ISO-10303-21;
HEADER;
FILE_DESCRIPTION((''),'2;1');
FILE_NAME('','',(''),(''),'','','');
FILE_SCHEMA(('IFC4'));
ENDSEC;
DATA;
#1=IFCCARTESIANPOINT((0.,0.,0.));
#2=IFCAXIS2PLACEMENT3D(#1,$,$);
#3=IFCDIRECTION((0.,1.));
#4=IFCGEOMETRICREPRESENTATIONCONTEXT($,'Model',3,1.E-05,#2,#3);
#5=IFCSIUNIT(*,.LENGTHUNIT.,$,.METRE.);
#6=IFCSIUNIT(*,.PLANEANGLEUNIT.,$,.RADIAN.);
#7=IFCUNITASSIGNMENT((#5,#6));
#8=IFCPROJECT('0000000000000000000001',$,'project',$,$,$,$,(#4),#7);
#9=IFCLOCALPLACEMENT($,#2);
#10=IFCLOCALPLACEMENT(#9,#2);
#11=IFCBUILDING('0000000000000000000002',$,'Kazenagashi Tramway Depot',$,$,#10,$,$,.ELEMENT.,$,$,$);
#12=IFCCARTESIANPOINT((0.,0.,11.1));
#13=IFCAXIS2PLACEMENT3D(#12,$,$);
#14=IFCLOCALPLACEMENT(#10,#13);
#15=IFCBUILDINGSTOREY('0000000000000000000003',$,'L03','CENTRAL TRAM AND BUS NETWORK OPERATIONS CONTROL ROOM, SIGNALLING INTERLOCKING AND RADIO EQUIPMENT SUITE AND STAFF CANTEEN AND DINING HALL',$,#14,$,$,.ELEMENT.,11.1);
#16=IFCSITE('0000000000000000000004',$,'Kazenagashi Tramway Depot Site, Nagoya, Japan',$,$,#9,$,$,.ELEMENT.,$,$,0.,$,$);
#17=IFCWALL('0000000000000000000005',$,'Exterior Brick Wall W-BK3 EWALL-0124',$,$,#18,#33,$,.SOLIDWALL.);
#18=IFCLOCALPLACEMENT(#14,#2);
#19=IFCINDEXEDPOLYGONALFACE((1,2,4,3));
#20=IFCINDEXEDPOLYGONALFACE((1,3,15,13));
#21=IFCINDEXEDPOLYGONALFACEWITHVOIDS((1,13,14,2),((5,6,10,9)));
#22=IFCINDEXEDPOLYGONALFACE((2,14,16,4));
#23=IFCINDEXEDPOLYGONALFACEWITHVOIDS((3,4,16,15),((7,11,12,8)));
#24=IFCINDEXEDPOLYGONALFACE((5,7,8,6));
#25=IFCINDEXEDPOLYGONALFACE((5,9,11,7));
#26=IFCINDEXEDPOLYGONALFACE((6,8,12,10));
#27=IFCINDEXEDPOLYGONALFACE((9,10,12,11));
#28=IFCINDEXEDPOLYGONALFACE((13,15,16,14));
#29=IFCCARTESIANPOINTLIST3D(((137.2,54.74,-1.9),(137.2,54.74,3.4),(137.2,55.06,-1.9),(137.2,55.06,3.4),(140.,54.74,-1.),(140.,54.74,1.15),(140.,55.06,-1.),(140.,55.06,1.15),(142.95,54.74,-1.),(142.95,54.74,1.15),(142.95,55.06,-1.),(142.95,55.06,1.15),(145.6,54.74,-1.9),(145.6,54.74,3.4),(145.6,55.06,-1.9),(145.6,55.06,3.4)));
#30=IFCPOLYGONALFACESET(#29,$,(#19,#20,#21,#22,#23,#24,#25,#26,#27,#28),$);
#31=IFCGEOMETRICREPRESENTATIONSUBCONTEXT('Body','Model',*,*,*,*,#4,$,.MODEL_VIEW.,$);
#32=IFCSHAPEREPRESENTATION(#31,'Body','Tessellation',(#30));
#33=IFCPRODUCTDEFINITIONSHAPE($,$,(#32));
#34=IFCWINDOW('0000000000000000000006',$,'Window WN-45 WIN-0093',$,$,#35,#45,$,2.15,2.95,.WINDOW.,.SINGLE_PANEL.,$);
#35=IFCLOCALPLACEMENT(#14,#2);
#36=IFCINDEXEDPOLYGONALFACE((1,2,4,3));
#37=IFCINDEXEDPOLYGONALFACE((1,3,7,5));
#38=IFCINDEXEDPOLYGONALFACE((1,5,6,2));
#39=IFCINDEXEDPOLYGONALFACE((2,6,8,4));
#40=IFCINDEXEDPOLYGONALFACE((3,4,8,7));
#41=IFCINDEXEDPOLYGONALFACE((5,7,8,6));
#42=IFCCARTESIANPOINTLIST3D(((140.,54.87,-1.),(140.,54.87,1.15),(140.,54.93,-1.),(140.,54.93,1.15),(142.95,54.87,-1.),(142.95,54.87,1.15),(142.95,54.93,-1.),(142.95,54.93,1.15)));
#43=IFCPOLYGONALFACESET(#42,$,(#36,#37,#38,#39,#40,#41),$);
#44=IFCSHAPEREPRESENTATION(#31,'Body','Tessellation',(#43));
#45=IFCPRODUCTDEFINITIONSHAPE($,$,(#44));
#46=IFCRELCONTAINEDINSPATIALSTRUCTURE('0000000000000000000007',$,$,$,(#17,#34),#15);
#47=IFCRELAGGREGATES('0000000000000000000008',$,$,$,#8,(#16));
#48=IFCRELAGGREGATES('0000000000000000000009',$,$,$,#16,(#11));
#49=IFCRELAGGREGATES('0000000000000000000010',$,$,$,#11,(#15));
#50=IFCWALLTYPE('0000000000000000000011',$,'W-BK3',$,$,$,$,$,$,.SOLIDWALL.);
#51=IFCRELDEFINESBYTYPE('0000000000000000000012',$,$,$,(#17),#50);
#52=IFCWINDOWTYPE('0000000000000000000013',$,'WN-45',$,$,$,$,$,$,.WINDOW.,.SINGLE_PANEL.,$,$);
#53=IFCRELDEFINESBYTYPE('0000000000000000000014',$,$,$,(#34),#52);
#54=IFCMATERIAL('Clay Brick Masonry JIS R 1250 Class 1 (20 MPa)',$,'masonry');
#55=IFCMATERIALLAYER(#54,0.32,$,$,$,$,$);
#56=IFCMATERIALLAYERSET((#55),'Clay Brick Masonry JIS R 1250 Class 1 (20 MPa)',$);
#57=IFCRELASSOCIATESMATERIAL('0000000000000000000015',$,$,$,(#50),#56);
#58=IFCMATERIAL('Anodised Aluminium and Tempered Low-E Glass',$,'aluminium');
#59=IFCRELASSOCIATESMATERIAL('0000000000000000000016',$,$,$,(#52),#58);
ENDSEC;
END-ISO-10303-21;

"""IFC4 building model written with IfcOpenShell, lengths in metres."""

from ifc_helpers import new_model, si_unit, direction, frame, frame_2d, origin, place, context, subcontext, project, spatial, rectangle, extrude, material, layer, layer_set, type_object, element, fill, save


model = new_model("IFC4")

# Units and contexts
model_context = context("Model", 3, precision=1e-05, world=origin(), true_north=direction((0.0, 1.0)))
body_context = subcontext(model_context, "Body", "Model", "MODEL_VIEW")
ifc_project = project(units=[si_unit("LENGTHUNIT", "METRE"), si_unit("PLANEANGLEUNIT", "RADIAN")], contexts=[model_context])

# Site, building, storey
site_placement = place(None, origin())
site = spatial("IfcSite", under=ifc_project, at=site_placement, Name="Kazenagashi Tramway Depot Site, Nagoya, Japan", CompositionType="ELEMENT", RefElevation=0.0)
building_placement = place(site_placement, origin())
building = spatial("IfcBuilding", under=site, at=building_placement, Name="Kazenagashi Tramway Depot", CompositionType="ELEMENT")
storey_placement = place(building_placement, frame((0.0, 0.0, 11.1)))
storey = spatial("IfcBuildingStorey", under=building, at=storey_placement, Name="L03", Description="CENTRAL TRAM AND BUS NETWORK OPERATIONS CONTROL ROOM, SIGNALLING INTERLOCKING AND RADIO EQUIPMENT SUITE AND STAFF CANTEEN AND DINING HALL", CompositionType="ELEMENT", Elevation=11.1)

# Wall, opening, window
ifc_material_1 = material(Name="Clay Brick Masonry JIS R 1250 Class 1 (20 MPa)", Category="masonry")
ifc_layer = layer(ifc_material_1, 0.32)
ifc_layer_set = layer_set([ifc_layer], Name="Clay Brick Masonry JIS R 1250 Class 1 (20 MPa)")
wall_type = type_object("IfcWallType", Name="W-BK3", PredefinedType="SOLIDWALL", material=ifc_layer_set)
ifc_material_2 = material(Name="Anodised Aluminium and Tempered Low-E Glass", Category="aluminium")
wall_1_placement = place(storey_placement, frame((137.2, 54.9, -1.9), z_axis=(0.0, 0.0, 1.0), x_axis=(1.0, 0.0, 0.0)))
wall_1 = element("IfcWall", 1, at=wall_1_placement, inside=storey, type_object=wall_type, Name="Exterior Brick Wall W-BK3 EWALL-0124", PredefinedType="SOLIDWALL", context=body_context, shape_type="SweptSolid", body=[
    extrude(rectangle(XDim=8.4, YDim=0.32, at=frame_2d((4.2, 0.0))), origin(), (0.0, 0.0, 1.0), 5.3),
])
opening_1_placement = place(wall_1_placement, frame((2.8, 0.0, 0.9)))
opening_1 = element("IfcOpeningElement", 2, at=opening_1_placement, cuts=wall_1, PredefinedType="OPENING", context=body_context, shape_type="SweptSolid", body=[
    extrude(rectangle(XDim=2.95, YDim=2.15, at=frame_2d((1.475, 1.075))), frame((0.0, 0.17, 0.0), z_axis=(0.0, -1.0, 0.0), x_axis=(1.0, 0.0, 0.0)), (0.0, 0.0, 1.0), 0.34),
])
window_type_1 = type_object("IfcWindowType", Name="WN-45", PartitioningType="SINGLE_PANEL", PredefinedType="WINDOW", material=ifc_material_2)
window_1_placement = place(opening_1_placement, origin())
window_1 = element("IfcWindow", 3, at=window_1_placement, inside=storey, type_object=window_type_1, Name="Window WN-45 WIN-0093", OverallHeight=2.15, OverallWidth=2.95, PartitioningType="SINGLE_PANEL", PredefinedType="WINDOW", context=body_context, shape_type="SweptSolid", body=[
    extrude(rectangle(XDim=2.95, YDim=2.15, at=frame_2d((1.475, 1.075))), frame((0.0, 0.03, 0.0), z_axis=(0.0, -1.0, 0.0), x_axis=(1.0, 0.0, 0.0)), (0.0, 0.0, 1.0), 0.06),
])
fill(opening_1, window_1)

save(model, "model.ifc")
